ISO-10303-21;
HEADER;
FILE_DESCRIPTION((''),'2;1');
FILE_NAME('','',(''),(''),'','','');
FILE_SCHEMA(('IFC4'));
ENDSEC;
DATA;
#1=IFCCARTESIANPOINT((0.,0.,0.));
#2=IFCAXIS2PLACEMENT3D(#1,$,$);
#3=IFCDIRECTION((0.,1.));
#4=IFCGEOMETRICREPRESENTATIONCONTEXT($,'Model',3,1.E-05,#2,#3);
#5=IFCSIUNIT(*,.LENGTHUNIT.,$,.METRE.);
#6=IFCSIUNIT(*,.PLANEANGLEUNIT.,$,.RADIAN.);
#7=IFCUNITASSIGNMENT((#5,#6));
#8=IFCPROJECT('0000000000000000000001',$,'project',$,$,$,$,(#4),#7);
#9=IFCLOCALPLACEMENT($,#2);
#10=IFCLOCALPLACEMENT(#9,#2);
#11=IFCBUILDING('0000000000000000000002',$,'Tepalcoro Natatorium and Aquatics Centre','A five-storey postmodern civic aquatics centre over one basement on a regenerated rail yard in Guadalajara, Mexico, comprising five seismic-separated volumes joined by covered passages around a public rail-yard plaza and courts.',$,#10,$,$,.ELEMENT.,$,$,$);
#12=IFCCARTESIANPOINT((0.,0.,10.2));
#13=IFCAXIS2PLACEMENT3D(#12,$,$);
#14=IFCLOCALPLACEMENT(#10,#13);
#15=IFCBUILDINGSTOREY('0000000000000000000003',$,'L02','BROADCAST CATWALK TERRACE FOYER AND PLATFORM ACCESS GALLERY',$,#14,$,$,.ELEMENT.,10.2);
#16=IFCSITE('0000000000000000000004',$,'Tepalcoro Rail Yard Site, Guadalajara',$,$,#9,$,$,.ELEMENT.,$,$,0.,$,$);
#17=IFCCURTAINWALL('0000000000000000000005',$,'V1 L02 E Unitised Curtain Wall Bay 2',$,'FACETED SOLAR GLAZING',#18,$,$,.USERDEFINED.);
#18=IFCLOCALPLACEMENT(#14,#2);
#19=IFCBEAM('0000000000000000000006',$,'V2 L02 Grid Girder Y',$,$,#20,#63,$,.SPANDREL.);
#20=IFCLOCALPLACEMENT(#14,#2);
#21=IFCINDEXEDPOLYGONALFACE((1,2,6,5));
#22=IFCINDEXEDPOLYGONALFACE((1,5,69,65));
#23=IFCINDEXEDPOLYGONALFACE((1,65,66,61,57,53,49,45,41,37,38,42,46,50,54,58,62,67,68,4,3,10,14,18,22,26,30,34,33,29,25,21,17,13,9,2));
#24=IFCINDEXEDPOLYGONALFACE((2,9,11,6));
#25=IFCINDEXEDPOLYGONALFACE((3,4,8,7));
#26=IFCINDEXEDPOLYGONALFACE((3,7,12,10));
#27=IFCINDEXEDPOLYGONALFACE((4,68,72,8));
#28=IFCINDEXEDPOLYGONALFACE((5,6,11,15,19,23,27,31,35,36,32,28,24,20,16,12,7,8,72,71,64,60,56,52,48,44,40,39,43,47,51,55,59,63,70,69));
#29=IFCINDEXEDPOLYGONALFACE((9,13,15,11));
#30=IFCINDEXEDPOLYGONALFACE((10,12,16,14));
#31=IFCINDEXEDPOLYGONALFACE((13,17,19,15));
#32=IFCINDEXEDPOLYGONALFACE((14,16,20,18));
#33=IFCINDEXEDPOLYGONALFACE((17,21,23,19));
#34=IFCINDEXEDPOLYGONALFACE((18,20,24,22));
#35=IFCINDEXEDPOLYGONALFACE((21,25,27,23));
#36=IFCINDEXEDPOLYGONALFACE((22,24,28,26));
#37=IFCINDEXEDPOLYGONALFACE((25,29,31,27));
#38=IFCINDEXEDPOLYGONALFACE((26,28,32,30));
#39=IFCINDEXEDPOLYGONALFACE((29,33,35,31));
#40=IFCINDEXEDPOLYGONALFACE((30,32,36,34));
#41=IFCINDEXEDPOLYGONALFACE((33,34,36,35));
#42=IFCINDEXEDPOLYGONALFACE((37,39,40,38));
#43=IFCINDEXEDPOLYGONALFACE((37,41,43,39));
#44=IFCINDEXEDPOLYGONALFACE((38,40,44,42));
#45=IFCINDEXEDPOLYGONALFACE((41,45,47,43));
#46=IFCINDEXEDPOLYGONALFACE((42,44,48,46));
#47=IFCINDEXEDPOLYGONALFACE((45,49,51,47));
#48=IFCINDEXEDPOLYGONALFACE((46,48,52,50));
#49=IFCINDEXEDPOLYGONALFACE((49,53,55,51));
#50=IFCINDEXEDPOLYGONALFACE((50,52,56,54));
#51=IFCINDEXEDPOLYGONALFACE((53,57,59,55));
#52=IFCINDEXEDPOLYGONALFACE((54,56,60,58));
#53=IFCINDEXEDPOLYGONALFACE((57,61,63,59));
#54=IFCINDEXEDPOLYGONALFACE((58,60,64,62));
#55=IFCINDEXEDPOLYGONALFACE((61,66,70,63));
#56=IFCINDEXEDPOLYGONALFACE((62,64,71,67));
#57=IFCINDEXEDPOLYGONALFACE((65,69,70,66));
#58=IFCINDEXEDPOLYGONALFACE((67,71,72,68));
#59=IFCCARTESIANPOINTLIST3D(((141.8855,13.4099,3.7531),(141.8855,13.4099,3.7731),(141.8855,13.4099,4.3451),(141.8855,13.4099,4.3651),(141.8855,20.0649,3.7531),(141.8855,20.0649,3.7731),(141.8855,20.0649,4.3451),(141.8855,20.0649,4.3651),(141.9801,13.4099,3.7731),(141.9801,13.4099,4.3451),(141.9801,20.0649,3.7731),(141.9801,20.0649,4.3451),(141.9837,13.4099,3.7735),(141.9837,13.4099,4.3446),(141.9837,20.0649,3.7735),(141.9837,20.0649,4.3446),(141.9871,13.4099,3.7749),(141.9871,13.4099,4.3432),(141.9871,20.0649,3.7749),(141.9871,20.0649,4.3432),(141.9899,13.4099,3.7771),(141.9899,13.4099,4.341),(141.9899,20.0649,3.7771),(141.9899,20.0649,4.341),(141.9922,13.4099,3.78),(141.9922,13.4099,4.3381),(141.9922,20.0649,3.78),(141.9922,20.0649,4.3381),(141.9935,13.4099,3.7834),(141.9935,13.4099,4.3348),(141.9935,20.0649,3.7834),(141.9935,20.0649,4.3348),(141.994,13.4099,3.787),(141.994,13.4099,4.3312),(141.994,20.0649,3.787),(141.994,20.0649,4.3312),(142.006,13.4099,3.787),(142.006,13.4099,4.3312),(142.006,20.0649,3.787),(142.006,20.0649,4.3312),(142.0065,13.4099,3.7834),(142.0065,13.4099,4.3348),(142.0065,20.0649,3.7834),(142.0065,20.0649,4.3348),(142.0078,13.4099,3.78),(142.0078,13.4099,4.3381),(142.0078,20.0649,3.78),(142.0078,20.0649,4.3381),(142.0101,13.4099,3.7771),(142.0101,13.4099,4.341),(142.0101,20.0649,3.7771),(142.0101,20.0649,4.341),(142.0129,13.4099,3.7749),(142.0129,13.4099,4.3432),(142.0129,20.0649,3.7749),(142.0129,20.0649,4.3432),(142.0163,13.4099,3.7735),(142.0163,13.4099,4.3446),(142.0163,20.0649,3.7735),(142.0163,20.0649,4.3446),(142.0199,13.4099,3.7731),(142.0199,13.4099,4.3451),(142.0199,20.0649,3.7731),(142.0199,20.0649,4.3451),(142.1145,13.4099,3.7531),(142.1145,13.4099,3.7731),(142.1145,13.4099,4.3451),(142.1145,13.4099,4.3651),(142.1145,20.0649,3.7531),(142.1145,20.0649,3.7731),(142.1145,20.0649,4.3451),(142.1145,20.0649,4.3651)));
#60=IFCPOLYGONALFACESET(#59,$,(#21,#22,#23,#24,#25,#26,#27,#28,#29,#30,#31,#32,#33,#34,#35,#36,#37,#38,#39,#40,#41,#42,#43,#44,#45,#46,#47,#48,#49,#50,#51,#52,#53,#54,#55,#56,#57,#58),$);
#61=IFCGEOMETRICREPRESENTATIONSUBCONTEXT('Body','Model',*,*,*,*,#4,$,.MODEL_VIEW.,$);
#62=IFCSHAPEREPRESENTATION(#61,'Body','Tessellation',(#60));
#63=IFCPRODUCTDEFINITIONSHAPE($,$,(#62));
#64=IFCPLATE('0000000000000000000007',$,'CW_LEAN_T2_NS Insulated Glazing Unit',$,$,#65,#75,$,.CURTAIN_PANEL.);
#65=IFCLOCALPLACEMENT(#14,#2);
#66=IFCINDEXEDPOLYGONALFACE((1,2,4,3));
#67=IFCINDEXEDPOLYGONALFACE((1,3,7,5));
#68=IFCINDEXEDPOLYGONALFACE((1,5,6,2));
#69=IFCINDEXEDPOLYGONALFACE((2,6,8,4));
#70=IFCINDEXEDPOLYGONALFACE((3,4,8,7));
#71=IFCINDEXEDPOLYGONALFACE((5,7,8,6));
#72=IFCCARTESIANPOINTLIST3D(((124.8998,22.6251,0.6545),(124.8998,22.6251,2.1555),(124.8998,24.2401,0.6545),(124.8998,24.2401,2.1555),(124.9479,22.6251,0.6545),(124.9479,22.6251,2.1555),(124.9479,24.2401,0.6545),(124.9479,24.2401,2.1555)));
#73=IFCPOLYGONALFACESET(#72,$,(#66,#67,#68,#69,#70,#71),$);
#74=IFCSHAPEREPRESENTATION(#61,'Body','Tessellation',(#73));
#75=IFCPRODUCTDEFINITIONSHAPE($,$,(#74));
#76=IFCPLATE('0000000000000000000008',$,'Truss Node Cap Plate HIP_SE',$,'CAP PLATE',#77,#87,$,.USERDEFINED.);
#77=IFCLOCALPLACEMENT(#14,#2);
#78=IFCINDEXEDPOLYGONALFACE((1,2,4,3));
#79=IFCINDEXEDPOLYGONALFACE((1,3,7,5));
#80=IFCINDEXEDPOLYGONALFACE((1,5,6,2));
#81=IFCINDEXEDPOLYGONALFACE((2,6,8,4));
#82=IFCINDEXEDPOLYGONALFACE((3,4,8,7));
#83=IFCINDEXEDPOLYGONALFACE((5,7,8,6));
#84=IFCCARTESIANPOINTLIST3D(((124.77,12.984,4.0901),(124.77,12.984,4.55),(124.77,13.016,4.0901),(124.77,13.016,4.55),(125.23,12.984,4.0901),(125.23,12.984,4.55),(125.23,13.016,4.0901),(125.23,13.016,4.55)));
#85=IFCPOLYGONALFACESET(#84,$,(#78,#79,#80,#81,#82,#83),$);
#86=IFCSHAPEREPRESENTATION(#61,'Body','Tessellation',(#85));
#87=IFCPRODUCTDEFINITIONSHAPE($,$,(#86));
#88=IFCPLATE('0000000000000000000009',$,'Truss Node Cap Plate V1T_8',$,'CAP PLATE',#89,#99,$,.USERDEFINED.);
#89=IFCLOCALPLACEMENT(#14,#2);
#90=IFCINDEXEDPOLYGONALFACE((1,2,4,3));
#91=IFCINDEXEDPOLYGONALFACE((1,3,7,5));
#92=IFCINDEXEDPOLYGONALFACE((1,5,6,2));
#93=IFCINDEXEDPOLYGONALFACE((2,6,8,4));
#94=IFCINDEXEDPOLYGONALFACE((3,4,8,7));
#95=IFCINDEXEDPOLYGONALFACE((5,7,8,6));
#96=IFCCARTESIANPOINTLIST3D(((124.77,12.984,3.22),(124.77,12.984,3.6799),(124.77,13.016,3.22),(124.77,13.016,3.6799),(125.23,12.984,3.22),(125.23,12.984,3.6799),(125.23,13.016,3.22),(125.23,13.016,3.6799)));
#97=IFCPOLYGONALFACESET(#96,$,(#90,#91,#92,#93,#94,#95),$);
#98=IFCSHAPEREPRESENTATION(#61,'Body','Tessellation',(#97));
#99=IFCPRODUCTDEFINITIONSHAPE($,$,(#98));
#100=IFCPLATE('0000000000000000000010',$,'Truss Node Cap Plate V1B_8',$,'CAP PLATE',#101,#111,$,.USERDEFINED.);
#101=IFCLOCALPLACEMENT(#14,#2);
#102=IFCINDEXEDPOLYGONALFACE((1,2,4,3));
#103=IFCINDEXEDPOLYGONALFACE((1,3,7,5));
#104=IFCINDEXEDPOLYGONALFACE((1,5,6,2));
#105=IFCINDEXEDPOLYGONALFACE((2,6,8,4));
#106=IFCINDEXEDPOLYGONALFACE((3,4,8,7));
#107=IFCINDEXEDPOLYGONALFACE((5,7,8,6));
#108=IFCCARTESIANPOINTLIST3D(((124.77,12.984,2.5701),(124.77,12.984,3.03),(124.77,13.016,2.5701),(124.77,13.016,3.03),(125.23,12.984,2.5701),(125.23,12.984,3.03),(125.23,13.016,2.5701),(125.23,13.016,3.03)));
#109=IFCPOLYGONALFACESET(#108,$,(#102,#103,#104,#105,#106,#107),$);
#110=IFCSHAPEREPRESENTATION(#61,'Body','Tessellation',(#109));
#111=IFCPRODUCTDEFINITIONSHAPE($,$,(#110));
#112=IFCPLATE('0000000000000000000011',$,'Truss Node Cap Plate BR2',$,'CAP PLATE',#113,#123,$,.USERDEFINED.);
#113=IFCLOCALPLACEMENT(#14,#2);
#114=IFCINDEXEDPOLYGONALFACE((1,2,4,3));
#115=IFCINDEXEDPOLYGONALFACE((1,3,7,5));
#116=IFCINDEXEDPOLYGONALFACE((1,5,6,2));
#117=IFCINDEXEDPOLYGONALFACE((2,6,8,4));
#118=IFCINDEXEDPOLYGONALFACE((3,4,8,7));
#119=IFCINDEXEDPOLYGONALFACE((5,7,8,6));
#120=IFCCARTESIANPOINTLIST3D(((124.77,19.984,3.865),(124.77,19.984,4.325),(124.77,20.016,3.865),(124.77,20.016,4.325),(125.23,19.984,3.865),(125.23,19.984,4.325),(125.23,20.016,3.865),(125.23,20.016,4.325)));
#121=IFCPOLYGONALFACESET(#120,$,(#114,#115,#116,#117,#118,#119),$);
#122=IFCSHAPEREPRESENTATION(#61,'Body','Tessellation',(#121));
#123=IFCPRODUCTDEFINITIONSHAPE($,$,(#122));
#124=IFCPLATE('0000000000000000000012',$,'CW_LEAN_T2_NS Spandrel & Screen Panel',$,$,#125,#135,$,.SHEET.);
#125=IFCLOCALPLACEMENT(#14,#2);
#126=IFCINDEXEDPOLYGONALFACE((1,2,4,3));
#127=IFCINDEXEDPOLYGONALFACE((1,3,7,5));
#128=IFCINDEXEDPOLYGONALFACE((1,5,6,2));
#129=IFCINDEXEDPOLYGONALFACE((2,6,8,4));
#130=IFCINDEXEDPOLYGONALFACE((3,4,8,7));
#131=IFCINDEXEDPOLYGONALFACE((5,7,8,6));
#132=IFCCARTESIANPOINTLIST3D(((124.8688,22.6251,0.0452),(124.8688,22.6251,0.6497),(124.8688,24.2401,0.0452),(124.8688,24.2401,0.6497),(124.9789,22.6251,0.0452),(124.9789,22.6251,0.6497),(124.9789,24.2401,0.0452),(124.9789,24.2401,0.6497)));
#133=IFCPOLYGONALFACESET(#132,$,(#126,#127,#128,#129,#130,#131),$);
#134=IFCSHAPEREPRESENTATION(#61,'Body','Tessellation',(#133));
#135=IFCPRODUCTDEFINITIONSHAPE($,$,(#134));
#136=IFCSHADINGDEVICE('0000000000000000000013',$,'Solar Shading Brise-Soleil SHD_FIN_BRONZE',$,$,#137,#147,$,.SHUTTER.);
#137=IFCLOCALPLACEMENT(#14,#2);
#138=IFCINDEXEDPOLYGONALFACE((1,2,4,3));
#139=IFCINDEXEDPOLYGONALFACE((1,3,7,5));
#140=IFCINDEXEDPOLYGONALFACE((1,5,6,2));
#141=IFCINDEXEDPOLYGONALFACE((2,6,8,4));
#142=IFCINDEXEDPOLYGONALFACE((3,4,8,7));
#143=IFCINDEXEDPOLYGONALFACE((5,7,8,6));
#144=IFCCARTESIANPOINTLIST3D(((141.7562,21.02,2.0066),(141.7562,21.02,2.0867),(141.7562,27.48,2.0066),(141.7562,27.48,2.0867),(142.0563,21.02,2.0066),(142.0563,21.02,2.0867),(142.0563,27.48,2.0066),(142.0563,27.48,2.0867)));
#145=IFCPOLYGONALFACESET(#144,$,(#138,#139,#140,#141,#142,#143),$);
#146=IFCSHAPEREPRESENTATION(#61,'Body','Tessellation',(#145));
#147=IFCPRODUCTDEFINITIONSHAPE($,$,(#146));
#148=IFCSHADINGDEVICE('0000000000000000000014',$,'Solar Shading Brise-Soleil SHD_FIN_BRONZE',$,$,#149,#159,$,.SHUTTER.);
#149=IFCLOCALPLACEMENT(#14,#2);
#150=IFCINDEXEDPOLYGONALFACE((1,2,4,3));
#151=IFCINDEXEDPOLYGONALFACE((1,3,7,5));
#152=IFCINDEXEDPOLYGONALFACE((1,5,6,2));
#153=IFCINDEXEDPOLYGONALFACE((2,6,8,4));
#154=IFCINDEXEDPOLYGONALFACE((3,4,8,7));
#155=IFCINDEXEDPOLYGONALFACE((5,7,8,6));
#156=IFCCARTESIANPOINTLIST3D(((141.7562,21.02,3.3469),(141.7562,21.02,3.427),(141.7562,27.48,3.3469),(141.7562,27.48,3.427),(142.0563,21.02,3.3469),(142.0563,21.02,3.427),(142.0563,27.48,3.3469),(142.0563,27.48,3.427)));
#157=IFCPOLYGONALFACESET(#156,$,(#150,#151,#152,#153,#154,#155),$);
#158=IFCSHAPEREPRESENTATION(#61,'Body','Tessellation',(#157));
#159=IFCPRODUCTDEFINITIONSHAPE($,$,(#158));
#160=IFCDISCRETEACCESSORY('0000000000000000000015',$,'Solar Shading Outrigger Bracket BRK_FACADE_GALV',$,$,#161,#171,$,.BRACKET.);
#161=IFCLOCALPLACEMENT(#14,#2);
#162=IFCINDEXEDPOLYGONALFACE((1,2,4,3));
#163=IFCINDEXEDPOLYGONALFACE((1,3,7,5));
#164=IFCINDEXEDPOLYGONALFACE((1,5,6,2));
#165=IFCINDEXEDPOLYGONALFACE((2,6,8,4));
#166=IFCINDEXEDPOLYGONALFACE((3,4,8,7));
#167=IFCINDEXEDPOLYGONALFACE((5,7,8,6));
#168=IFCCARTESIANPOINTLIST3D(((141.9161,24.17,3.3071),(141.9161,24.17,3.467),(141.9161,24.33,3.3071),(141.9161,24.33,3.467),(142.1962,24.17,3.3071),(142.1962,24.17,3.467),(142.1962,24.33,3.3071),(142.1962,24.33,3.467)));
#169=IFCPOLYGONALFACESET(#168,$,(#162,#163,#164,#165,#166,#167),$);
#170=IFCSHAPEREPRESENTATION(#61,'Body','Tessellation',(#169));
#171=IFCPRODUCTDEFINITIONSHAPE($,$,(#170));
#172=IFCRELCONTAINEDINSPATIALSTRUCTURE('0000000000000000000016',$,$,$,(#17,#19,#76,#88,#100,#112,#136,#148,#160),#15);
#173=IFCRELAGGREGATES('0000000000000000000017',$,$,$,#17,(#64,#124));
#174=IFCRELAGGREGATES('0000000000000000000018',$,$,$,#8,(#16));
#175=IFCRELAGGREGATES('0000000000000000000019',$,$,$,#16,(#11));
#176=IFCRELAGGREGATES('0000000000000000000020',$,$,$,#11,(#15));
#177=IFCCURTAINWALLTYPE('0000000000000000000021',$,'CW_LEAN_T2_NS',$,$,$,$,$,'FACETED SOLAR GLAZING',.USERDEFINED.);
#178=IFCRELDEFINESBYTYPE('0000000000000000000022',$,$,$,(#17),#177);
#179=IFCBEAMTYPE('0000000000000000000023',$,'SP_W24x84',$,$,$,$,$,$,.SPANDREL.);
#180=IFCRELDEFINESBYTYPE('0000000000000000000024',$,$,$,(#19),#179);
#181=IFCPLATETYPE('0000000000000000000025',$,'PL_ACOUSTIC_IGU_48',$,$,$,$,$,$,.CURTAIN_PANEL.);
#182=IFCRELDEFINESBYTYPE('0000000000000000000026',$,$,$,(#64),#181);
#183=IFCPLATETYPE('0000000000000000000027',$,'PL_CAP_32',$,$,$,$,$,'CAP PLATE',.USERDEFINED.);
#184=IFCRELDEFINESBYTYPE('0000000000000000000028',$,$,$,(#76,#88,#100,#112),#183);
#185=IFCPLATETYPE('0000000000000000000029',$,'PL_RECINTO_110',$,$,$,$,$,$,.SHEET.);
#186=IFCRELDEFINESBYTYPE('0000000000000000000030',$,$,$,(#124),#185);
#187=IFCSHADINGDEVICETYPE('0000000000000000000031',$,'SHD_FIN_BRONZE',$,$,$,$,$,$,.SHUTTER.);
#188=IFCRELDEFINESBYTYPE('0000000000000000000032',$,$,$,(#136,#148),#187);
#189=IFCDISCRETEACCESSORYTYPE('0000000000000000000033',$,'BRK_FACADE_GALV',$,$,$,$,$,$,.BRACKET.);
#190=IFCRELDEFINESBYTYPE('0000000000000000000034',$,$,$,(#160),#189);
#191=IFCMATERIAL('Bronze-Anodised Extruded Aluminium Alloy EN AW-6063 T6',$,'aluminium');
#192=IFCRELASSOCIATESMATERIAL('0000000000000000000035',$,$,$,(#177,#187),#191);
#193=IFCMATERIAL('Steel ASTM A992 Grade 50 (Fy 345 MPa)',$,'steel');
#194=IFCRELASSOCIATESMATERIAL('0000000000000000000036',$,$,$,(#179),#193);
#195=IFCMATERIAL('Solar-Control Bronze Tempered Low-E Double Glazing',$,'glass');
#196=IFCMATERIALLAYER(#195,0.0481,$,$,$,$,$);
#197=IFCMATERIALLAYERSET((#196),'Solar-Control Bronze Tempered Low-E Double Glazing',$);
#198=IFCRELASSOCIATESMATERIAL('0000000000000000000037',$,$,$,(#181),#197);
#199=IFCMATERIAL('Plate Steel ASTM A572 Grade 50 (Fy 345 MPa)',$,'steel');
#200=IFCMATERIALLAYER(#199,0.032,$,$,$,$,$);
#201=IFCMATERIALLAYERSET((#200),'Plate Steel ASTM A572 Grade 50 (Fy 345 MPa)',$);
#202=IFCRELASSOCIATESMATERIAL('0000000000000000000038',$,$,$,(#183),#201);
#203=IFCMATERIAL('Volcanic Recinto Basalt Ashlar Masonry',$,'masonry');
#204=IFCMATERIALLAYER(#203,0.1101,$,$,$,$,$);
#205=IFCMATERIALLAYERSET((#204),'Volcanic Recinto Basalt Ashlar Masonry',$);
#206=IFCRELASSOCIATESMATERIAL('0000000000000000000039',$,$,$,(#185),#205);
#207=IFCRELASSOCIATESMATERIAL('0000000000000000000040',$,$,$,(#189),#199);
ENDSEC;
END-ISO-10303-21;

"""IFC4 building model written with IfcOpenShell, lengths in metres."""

from ifc_helpers import new_model, si_unit, direction, frame, origin, origin_2d, place, context, subcontext, project, spatial, rectangle, i_section, extrude, material, layer, layer_set, material_profile, profile_set, type_object, element, aggregate, save


model = new_model("IFC4")

# Units and contexts
model_context = context("Model", 3, precision=1e-05, world=origin(), true_north=direction((0.0, 1.0)))
body_context = subcontext(model_context, "Body", "Model", "MODEL_VIEW")
ifc_project = project(units=[si_unit("LENGTHUNIT", "METRE"), si_unit("PLANEANGLEUNIT", "RADIAN")], contexts=[model_context])

# Site, building, storey
site_placement = place(None, origin())
site = spatial("IfcSite", under=ifc_project, at=site_placement, Name="Tepalcoro Rail Yard Site, Guadalajara", CompositionType="ELEMENT", RefElevation=0.0)
building_placement = place(site_placement, origin())
building = spatial("IfcBuilding", under=site, at=building_placement, Name="Tepalcoro Natatorium and Aquatics Centre", Description="A five-storey postmodern civic aquatics centre over one basement on a regenerated rail yard in Guadalajara, Mexico, comprising five seismic-separated volumes joined by covered passages around a public rail-yard plaza and courts.", CompositionType="ELEMENT")
storey_placement = place(building_placement, frame((0.0, 0.0, 10.2)))
storey = spatial("IfcBuildingStorey", under=building, at=storey_placement, Name="L02", Description="BROADCAST CATWALK TERRACE FOYER AND PLATFORM ACCESS GALLERY", CompositionType="ELEMENT", Elevation=10.2)

# Shared definitions
ifc_material_1 = material(Name="Steel ASTM A992 Grade 50 (Fy 345 MPa)", Category="steel")

# Curtain wall
ifc_material_2 = material(Name="Bronze-Anodised Extruded Aluminium Alloy EN AW-6063 T6", Category="aluminium")
curtain_wall_type_1 = type_object("IfcCurtainWallType", Name="CW_LEAN_T2_NS", ElementType="FACETED SOLAR GLAZING", PredefinedType="USERDEFINED", material=ifc_material_2)
curtain_wall_1_placement = place(storey_placement, origin())
curtain_wall_1 = element("IfcCurtainWall", 1, at=curtain_wall_1_placement, inside=storey, type_object=curtain_wall_type_1, Name="V1 L02 E Unitised Curtain Wall Bay 2", ObjectType="FACETED SOLAR GLAZING", PredefinedType="USERDEFINED")

# Beam
ifc_material_profile_1 = material_profile(ifc_material_1, i_section(OverallWidth=0.229, OverallDepth=0.6121, WebThickness=0.012, FlangeThickness=0.02, FilletRadius=0.0139, at=origin_2d()), Name="W24X84")
ifc_profile_set_1 = profile_set([ifc_material_profile_1], Name="Steel ASTM A992 Grade 50 (Fy 345 MPa)")
beam_type_1 = type_object("IfcBeamType", Name="SP_W24x84", PredefinedType="SPANDREL", material=ifc_profile_set_1)
beam_1_placement = place(storey_placement, frame((142.0, 13.4099, 4.0591), z_axis=(0.0, 1.0, 0.0), x_axis=(-1.0, 0.0, 0.0)))
element("IfcBeam", 2, at=beam_1_placement, inside=storey, type_object=beam_type_1, Name="V2 L02 Grid Girder Y", PredefinedType="SPANDREL", context=body_context, shape_type="SweptSolid", body=[
    extrude(i_section(OverallWidth=0.229, OverallDepth=0.6121, WebThickness=0.012, FlangeThickness=0.02, FilletRadius=0.0139, at=origin_2d()), origin(), (0.0, 0.0, 1.0), 6.655),
])

# Plate
ifc_material_3 = material(Name="Solar-Control Bronze Tempered Low-E Double Glazing", Category="glass")
ifc_layer_1 = layer(ifc_material_3, 0.0481)
ifc_layer_set_1 = layer_set([ifc_layer_1], Name="Solar-Control Bronze Tempered Low-E Double Glazing")
plate_type_1 = type_object("IfcPlateType", Name="PL_ACOUSTIC_IGU_48", PredefinedType="CURTAIN_PANEL", material=ifc_layer_set_1)
plate_1_placement = place(storey_placement, frame((124.9238, 23.4326, 0.6545), z_axis=(0.0, 0.0, 1.0), x_axis=(1.0, 0.0, 0.0)))
plate_1 = element("IfcPlate", 3, at=plate_1_placement, type_object=plate_type_1, Name="CW_LEAN_T2_NS Insulated Glazing Unit", PredefinedType="CURTAIN_PANEL", context=body_context, shape_type="SweptSolid", body=[
    extrude(rectangle(XDim=0.0481, YDim=1.615, at=origin_2d()), origin(), (0.0, 0.0, 1.0), 1.501),
])

# Plates
ifc_material_4 = material(Name="Plate Steel ASTM A572 Grade 50 (Fy 345 MPa)", Category="steel")
ifc_layer_2 = layer(ifc_material_4, 0.032)
ifc_layer_set_2 = layer_set([ifc_layer_2], Name="Plate Steel ASTM A572 Grade 50 (Fy 345 MPa)")
plate_type_2 = type_object("IfcPlateType", Name="PL_CAP_32", ElementType="CAP PLATE", PredefinedType="USERDEFINED", material=ifc_layer_set_2)
for number, where, z_axis, x_axis, name in (
    (4, (125.0, 13.0, 4.0901), (0.0, 0.0, 1.0), (1.0, 0.0, 0.0), "Truss Node Cap Plate HIP_SE"),
    (5, (125.0, 13.0, 3.22), (0.0, 0.0, 1.0), (1.0, 0.0, 0.0), "Truss Node Cap Plate V1T_8"),
    (6, (125.0, 13.0, 2.5701), (0.0, 0.0, 1.0), (1.0, 0.0, 0.0), "Truss Node Cap Plate V1B_8"),
    (7, (125.0, 20.0, 3.865), (0.0, 0.0, 1.0), (1.0, 0.0, 0.0), "Truss Node Cap Plate BR2"),
):
    element("IfcPlate", number, at=place(storey_placement, frame(where, z_axis=z_axis, x_axis=x_axis)), inside=storey, type_object=plate_type_2, Name=name, ObjectType="CAP PLATE", PredefinedType="USERDEFINED", context=body_context, shape_type="SweptSolid", body=[
        extrude(rectangle(XDim=0.46, YDim=0.032, at=origin_2d()), origin(), (0.0, 0.0, 1.0), 0.46),
    ])

# Plate
ifc_material_5 = material(Name="Volcanic Recinto Basalt Ashlar Masonry", Category="masonry")
ifc_layer_3 = layer(ifc_material_5, 0.1101)
ifc_layer_set_3 = layer_set([ifc_layer_3], Name="Volcanic Recinto Basalt Ashlar Masonry")
plate_type_3 = type_object("IfcPlateType", Name="PL_RECINTO_110", PredefinedType="SHEET", material=ifc_layer_set_3)
plate_2_placement = place(storey_placement, frame((124.9238, 23.4326, 0.0452), z_axis=(0.0, 0.0, 1.0), x_axis=(1.0, 0.0, 0.0)))
plate_2 = element("IfcPlate", 8, at=plate_2_placement, type_object=plate_type_3, Name="CW_LEAN_T2_NS Spandrel & Screen Panel", PredefinedType="SHEET", context=body_context, shape_type="SweptSolid", body=[
    extrude(rectangle(XDim=0.1101, YDim=1.615, at=origin_2d()), origin(), (0.0, 0.0, 1.0), 0.6045),
])
aggregate(curtain_wall_1, [plate_1, plate_2])

# Shading devices
shading_device_type = type_object("IfcShadingDeviceType", Name="SHD_FIN_BRONZE", PredefinedType="SHUTTER", material=ifc_material_2)
for number, where, z_axis, x_axis, name in (
    (9, (141.9062, 24.25, 2.0066), (0.0, 0.0, 1.0), (1.0, 0.0, 0.0), "Solar Shading Brise-Soleil SHD_FIN_BRONZE"),
    (10, (141.9062, 24.25, 3.3469), (0.0, 0.0, 1.0), (1.0, 0.0, 0.0), "Solar Shading Brise-Soleil SHD_FIN_BRONZE"),
):
    element("IfcShadingDevice", number, at=place(storey_placement, frame(where, z_axis=z_axis, x_axis=x_axis)), inside=storey, type_object=shading_device_type, Name=name, PredefinedType="SHUTTER", context=body_context, shape_type="SweptSolid", body=[
        extrude(rectangle(XDim=0.3, YDim=6.46, at=origin_2d()), origin(), (0.0, 0.0, 1.0), 0.0801),
    ])

# Discrete accessory
discrete_accessory_type = type_object("IfcDiscreteAccessoryType", Name="BRK_FACADE_GALV", PredefinedType="BRACKET", material=ifc_material_4)
discrete_accessory_placement = place(storey_placement, frame((142.0562, 24.25, 3.3071), z_axis=(0.0, 0.0, 1.0), x_axis=(1.0, 0.0, 0.0)))
element("IfcDiscreteAccessory", 11, at=discrete_accessory_placement, inside=storey, type_object=discrete_accessory_type, Name="Solar Shading Outrigger Bracket BRK_FACADE_GALV", PredefinedType="BRACKET", context=body_context, shape_type="SweptSolid", body=[
    extrude(rectangle(XDim=0.28, YDim=0.1599, at=origin_2d()), origin(), (0.0, 0.0, 1.0), 0.1599),
])

save(model, "model.ifc")
